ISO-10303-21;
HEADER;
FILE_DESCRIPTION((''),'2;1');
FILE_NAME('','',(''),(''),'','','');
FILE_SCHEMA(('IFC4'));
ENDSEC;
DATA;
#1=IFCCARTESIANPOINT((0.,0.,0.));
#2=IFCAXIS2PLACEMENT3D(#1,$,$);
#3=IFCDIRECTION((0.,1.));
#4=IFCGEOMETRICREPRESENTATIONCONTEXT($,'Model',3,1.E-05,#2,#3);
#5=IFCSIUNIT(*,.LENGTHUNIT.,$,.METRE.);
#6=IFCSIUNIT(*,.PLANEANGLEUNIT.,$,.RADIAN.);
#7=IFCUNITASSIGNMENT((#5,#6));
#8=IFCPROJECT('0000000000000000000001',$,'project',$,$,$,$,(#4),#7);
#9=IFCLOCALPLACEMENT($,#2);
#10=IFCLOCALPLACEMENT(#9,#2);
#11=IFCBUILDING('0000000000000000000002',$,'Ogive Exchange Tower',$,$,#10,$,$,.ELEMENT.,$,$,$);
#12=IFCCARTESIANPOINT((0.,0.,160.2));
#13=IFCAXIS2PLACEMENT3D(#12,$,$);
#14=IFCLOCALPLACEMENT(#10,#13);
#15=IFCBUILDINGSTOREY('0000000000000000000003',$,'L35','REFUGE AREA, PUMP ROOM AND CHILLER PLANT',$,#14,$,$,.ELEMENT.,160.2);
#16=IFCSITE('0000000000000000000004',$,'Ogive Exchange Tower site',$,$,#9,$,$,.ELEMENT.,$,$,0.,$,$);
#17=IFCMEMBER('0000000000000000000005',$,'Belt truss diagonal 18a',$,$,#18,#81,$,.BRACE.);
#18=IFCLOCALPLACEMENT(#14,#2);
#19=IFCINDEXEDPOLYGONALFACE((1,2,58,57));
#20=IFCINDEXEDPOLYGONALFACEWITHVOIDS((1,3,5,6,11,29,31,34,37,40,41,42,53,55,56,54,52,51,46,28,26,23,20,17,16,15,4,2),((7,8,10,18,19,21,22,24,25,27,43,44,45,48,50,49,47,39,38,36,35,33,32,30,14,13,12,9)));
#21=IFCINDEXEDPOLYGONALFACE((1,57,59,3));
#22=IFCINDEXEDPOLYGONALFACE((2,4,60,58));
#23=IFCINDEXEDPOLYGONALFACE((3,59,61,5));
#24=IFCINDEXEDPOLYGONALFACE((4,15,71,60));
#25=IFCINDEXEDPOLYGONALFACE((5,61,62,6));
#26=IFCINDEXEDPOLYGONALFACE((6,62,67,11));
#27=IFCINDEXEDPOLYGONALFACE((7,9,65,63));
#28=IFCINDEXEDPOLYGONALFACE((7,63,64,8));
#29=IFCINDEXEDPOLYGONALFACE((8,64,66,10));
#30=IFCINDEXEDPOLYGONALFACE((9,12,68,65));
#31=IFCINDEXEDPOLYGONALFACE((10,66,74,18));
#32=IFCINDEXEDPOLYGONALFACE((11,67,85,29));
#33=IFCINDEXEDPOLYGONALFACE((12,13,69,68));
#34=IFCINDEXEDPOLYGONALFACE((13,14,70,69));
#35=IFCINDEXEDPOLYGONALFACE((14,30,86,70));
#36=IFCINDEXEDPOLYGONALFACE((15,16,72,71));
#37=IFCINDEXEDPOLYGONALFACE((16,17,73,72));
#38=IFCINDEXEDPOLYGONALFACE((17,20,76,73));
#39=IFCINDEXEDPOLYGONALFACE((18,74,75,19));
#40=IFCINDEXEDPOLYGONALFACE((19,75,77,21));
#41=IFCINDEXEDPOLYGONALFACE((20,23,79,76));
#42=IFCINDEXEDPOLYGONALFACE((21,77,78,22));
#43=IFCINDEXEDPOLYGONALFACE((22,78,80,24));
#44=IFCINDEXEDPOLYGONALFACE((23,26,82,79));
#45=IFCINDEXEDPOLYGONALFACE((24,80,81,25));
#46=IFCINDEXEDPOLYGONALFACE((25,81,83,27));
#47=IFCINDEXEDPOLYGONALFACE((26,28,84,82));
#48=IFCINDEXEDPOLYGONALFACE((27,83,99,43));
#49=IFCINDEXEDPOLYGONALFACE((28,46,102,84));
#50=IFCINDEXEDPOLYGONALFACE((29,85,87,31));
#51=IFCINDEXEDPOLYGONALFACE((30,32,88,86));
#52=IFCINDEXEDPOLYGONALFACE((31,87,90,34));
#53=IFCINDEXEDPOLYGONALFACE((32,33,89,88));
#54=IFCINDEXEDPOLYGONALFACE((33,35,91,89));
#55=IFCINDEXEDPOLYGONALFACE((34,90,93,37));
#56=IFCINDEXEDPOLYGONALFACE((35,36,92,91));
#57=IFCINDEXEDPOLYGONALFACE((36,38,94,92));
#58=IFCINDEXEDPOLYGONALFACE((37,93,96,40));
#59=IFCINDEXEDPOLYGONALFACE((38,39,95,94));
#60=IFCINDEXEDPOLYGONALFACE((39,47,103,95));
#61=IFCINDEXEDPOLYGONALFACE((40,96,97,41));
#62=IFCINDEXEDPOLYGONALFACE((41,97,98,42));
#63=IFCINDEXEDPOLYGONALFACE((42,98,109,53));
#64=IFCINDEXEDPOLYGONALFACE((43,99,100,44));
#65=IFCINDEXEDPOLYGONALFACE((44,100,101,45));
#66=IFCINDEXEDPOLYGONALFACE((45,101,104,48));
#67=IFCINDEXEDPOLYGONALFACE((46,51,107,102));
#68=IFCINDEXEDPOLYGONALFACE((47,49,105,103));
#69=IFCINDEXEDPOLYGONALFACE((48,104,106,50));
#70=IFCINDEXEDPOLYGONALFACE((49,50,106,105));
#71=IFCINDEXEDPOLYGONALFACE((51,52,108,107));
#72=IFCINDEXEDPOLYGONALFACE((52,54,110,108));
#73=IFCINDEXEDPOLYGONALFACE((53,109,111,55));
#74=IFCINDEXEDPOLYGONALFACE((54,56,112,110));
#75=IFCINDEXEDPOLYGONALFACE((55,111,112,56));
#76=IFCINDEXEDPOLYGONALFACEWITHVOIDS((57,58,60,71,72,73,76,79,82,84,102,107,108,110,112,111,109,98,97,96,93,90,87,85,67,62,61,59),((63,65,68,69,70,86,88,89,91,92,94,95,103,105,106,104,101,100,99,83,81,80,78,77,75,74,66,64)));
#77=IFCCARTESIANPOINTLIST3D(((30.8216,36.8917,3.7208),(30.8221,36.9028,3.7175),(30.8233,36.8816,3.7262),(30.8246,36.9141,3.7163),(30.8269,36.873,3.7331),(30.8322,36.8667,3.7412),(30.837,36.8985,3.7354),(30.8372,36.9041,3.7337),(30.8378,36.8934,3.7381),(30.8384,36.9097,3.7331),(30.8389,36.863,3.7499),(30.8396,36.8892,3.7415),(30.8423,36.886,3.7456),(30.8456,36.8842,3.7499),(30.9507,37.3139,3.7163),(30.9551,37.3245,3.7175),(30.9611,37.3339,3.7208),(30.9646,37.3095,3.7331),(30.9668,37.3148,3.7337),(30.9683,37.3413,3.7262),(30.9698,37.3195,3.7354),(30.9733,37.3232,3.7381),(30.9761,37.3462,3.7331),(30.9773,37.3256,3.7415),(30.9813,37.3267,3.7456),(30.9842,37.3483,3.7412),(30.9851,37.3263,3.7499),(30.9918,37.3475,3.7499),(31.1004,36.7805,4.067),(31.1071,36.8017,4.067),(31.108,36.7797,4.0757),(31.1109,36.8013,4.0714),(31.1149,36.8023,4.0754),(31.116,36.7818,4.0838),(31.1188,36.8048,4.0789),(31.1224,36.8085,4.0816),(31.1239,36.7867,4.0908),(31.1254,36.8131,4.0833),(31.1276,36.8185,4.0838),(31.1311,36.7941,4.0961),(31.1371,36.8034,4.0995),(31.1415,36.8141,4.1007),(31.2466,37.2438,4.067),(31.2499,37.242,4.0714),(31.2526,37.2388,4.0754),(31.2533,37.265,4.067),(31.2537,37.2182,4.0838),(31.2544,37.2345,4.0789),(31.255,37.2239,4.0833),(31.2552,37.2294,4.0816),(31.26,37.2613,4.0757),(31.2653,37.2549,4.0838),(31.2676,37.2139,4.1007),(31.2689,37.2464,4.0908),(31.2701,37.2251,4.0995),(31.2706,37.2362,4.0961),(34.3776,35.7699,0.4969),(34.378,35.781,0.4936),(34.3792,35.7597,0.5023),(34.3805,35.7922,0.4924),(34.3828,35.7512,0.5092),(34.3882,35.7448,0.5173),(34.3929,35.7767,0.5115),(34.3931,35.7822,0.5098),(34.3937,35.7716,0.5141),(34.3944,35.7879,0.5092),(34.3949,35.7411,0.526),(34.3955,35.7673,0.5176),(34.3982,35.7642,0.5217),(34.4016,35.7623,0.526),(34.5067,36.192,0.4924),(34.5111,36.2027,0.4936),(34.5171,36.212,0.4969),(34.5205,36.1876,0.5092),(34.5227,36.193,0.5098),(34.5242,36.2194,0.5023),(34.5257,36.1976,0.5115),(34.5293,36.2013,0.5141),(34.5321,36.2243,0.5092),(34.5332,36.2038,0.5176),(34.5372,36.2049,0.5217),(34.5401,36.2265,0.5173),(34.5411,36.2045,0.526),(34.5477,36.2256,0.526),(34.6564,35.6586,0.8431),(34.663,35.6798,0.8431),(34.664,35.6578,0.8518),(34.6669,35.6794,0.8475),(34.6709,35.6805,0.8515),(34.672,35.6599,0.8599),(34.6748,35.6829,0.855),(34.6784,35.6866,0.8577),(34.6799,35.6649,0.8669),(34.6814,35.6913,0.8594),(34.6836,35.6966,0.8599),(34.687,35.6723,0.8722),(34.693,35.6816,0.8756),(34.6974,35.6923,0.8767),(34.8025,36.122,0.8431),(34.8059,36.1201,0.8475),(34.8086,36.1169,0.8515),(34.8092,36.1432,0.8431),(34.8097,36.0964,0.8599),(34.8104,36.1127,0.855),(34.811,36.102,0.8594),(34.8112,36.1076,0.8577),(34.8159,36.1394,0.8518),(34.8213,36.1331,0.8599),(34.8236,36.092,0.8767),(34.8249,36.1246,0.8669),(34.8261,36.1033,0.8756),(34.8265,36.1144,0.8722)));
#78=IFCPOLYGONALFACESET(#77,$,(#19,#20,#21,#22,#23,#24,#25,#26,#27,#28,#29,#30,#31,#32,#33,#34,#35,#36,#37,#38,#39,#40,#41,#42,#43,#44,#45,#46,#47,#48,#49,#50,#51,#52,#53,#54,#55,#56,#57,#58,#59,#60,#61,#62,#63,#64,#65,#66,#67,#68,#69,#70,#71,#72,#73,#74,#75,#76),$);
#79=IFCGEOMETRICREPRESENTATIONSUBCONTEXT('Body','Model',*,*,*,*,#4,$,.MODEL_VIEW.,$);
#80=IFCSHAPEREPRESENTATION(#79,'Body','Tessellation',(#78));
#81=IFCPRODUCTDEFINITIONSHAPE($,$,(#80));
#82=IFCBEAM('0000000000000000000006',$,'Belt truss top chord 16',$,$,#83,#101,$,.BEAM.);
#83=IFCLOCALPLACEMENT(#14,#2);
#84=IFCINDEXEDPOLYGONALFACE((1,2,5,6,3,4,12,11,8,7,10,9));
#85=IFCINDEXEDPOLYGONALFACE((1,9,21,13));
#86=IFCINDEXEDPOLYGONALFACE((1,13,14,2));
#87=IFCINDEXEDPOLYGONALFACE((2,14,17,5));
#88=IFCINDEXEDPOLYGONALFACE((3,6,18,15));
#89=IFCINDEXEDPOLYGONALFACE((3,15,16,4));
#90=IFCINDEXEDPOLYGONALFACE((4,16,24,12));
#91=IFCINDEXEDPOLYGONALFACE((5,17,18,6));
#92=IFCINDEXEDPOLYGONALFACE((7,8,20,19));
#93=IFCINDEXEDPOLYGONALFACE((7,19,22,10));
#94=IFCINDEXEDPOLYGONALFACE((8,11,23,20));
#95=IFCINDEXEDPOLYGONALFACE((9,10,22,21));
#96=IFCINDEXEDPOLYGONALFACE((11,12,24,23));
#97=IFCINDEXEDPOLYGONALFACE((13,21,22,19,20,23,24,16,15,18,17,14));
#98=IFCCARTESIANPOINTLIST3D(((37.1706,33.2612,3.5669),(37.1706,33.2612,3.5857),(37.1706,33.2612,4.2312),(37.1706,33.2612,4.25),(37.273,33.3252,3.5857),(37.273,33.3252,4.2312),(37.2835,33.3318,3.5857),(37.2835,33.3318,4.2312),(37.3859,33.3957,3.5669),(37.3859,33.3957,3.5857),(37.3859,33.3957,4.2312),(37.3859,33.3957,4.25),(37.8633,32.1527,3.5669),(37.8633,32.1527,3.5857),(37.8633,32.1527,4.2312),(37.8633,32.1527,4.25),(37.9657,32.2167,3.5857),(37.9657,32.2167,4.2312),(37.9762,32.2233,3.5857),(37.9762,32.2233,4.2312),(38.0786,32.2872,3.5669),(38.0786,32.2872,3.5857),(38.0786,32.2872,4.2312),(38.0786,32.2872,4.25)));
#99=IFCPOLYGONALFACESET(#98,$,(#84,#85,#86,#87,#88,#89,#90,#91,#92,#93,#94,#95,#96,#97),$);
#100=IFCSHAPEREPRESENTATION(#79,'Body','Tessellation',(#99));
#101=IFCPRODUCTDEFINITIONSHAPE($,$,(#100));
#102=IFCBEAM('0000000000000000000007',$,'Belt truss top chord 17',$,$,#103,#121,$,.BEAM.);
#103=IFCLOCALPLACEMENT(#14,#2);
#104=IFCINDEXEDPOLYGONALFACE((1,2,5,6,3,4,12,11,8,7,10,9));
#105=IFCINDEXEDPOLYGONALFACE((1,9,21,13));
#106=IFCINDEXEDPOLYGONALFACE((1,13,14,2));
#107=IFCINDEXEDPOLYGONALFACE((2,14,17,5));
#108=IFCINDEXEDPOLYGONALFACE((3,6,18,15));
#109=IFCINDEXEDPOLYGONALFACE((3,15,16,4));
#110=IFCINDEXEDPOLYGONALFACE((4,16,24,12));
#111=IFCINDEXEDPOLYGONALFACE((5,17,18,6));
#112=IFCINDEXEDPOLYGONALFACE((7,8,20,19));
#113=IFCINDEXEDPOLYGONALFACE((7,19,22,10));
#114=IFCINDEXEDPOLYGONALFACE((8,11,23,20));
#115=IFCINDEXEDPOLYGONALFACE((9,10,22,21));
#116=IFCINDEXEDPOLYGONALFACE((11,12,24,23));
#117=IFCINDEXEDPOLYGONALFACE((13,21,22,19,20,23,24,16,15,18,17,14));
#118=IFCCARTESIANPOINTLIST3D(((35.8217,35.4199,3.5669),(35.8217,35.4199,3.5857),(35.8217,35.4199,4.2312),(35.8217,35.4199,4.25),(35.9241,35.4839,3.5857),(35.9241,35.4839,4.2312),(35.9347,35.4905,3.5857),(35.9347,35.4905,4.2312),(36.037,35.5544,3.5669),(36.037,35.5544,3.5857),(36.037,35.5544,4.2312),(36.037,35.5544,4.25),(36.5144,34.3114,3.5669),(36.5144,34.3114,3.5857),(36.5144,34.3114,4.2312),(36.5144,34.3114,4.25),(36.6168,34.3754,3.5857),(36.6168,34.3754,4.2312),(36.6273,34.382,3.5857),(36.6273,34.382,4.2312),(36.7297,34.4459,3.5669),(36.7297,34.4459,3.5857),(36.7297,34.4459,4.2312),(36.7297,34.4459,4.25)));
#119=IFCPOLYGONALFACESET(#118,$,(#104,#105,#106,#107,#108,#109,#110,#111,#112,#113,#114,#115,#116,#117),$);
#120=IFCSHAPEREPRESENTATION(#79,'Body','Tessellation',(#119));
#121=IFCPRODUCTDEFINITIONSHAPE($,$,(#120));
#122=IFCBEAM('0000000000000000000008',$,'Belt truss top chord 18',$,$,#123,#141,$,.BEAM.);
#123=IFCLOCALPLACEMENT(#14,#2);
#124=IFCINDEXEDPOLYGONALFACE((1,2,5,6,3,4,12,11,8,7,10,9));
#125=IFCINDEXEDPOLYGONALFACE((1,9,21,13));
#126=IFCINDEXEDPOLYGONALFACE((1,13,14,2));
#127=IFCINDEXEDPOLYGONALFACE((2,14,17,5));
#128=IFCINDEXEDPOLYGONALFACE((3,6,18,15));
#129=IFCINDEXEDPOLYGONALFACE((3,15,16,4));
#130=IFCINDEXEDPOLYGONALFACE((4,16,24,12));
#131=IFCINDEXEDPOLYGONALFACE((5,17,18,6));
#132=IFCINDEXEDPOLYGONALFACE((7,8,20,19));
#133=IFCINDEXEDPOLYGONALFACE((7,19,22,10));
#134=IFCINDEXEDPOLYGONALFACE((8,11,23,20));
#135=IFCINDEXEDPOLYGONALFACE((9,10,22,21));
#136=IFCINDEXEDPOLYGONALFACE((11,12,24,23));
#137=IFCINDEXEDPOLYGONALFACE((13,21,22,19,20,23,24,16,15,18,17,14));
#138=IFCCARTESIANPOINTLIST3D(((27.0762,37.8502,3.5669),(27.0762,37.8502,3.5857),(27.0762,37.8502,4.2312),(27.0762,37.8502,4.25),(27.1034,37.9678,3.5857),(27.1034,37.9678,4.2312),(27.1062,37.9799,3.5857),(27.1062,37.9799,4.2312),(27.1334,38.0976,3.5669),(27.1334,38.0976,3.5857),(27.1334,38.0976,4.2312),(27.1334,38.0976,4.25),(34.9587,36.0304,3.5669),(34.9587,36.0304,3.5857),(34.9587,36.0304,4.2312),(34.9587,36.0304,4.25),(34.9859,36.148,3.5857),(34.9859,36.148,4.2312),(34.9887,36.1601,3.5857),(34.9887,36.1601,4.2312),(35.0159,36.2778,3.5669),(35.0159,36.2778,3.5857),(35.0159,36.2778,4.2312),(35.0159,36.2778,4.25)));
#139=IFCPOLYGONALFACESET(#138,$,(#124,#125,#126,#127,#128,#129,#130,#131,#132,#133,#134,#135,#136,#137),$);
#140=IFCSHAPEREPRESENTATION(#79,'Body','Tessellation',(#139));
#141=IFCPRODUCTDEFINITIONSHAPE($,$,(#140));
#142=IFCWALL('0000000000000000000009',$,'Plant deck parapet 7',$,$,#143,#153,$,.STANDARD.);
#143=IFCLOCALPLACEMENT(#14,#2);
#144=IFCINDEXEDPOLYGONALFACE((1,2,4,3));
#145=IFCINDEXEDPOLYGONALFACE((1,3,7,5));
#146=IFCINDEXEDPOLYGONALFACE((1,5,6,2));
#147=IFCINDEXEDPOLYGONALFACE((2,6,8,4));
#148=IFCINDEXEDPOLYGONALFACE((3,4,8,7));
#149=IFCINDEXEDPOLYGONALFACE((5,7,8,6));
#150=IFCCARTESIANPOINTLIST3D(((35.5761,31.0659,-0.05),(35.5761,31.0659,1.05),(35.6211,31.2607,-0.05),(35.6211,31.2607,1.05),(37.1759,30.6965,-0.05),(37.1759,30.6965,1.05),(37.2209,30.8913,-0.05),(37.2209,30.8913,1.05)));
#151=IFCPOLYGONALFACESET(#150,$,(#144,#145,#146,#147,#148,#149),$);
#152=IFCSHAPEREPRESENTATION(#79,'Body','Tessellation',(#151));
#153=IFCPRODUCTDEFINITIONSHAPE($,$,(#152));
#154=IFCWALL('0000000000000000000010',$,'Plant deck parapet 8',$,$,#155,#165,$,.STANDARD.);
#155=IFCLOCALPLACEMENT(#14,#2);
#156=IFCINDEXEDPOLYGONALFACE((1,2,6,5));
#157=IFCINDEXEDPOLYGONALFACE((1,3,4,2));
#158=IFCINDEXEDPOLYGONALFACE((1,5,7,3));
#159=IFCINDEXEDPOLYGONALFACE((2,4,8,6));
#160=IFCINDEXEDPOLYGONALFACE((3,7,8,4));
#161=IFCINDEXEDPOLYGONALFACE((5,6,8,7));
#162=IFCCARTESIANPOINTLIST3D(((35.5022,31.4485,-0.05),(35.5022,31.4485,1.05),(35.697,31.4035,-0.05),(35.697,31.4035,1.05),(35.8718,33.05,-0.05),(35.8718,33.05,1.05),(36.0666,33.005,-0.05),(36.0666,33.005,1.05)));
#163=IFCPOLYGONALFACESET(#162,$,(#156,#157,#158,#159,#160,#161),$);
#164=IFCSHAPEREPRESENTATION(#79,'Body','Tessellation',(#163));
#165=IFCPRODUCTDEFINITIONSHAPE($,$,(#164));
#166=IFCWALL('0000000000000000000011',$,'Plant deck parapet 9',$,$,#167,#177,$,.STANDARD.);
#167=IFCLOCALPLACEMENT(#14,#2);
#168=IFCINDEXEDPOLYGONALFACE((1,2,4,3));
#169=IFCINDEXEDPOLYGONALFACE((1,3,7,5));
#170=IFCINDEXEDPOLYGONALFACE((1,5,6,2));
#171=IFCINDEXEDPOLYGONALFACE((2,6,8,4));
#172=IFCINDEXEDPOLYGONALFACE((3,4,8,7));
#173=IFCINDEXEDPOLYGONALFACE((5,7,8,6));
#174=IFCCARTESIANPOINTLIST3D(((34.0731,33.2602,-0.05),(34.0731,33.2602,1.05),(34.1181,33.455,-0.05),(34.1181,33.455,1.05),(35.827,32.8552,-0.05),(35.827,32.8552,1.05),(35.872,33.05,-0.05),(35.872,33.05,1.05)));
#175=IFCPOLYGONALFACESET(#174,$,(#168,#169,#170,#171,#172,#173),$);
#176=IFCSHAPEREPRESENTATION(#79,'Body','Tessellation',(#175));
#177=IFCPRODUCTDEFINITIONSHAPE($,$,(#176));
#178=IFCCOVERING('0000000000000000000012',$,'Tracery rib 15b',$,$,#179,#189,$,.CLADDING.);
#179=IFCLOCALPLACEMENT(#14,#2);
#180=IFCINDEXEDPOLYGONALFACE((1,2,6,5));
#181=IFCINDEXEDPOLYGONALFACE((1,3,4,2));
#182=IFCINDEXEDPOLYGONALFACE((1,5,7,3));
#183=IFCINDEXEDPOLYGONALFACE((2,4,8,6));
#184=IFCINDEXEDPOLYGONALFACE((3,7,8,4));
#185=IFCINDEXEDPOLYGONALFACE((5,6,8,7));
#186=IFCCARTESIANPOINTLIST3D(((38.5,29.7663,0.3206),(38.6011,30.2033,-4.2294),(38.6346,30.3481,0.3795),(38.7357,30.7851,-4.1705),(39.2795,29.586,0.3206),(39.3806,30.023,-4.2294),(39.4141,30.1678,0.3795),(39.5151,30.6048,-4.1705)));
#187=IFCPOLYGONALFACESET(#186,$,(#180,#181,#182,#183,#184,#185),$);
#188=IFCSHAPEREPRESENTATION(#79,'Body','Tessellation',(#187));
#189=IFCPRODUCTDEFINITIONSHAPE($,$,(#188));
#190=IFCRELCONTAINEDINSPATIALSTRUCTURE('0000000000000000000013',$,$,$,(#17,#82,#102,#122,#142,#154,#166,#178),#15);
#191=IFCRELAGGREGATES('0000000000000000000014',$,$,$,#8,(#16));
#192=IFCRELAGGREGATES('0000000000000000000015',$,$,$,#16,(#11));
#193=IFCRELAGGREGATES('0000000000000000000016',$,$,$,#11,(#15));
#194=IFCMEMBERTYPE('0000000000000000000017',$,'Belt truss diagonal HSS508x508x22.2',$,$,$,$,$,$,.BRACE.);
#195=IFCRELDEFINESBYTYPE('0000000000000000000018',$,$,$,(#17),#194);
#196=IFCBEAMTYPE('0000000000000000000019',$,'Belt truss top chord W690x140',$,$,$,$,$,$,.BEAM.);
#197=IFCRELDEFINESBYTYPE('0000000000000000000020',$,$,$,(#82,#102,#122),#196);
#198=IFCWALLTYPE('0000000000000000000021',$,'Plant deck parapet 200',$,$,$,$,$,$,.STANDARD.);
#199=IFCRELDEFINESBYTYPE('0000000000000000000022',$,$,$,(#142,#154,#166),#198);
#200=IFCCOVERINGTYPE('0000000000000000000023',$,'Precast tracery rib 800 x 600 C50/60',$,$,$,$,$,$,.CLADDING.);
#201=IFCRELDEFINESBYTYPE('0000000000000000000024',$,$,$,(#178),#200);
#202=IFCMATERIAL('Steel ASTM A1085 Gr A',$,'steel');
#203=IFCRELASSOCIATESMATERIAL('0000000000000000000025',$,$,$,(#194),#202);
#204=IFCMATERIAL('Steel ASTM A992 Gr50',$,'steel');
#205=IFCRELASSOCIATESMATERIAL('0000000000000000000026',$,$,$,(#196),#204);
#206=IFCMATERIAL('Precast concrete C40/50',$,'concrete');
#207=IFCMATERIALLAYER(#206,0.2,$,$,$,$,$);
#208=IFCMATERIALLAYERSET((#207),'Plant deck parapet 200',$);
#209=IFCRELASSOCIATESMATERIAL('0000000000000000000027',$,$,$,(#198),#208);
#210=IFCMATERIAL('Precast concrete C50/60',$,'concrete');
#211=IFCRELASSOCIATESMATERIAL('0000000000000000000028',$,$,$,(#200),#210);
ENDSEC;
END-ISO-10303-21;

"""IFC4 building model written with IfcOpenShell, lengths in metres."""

from ifc_helpers import new_model, si_unit, direction, frame, frame_2d, origin, origin_2d, place, context, subcontext, project, spatial, rectangle, hollow_rectangle, i_section, extrude, material, layer, layer_set, material_profile, profile_set, type_object, element, save


model = new_model("IFC4")

# Units and contexts
model_context = context("Model", 3, precision=1e-05, world=origin(), true_north=direction((0.0, 1.0)))
body_context = subcontext(model_context, "Body", "Model", "MODEL_VIEW")
ifc_project = project(units=[si_unit("LENGTHUNIT", "METRE"), si_unit("PLANEANGLEUNIT", "RADIAN")], contexts=[model_context])

# Site, building, storey
site_placement = place(None, origin())
site = spatial("IfcSite", under=ifc_project, at=site_placement, Name="Ogive Exchange Tower site", CompositionType="ELEMENT", RefElevation=0.0)
building_placement = place(site_placement, origin())
building = spatial("IfcBuilding", under=site, at=building_placement, Name="Ogive Exchange Tower", CompositionType="ELEMENT")
storey_placement = place(building_placement, frame((0.0, 0.0, 160.2)))
storey = spatial("IfcBuildingStorey", under=building, at=storey_placement, Name="L35", Description="REFUGE AREA, PUMP ROOM AND CHILLER PLANT", CompositionType="ELEMENT", Elevation=160.2)

# Shared definitions
ifc_material_1 = material(Name="Steel ASTM A992 Gr50", Category="steel")

# Member
ifc_material_2 = material(Name="Steel ASTM A1085 Gr A", Category="steel")
ifc_material_profile_1 = material_profile(ifc_material_2, hollow_rectangle(XDim=0.5081, YDim=0.5081, WallThickness=0.0222, InnerFilletRadius=0.0222, OuterFilletRadius=0.0444, at=origin_2d()), Name="HSS508x508x22.2")
ifc_profile_set_1 = profile_set([ifc_material_profile_1], Name="Steel ASTM A1085 Gr A")
member_type = type_object("IfcMemberType", Name="Belt truss diagonal HSS508x508x22.2", PredefinedType="BRACE", material=ifc_profile_set_1)
member_1_placement = place(storey_placement, frame((34.6021, 35.9421, 0.6846), z_axis=(-0.721406, 0.227591, 0.654045), x_axis=(-0.300865, -0.953667, 0.0)))
element("IfcMember", 1, at=member_1_placement, inside=storey, type_object=member_type, Name="Belt truss diagonal 18a", PredefinedType="BRACE", context=body_context, shape_type="SweptSolid", body=[
    extrude(hollow_rectangle(XDim=0.5081, YDim=0.5081, WallThickness=0.0222, InnerFilletRadius=0.0222, OuterFilletRadius=0.0444, at=origin_2d()), origin(), (0.0, 0.0, 1.0), 4.9292),
])

# Beams
ifc_material_profile_2 = material_profile(ifc_material_1, i_section(OverallWidth=0.2539, OverallDepth=0.6831, WebThickness=0.0125, FlangeThickness=0.0188, at=origin_2d()), Name="W690x140")
ifc_profile_set_2 = profile_set([ifc_material_profile_2], Name="Steel ASTM A992 Gr50")
beam_type_1 = type_object("IfcBeamType", Name="Belt truss top chord W690x140", PredefinedType="BEAM", material=ifc_profile_set_2)
for number, where, z_axis, x_axis, name in (
    (2, (37.9709, 32.22, 3.9084), (-0.529932, 0.84804, 0.0), (-0.84804, -0.529932, 0.0), "Belt truss top chord 16"),
    (3, (36.6221, 34.3787, 3.9084), (-0.529932, 0.84804, 0.0), (-0.84804, -0.529932, 0.0), "Belt truss top chord 17"),
):
    element("IfcBeam", number, at=place(storey_placement, frame(where, z_axis=z_axis, x_axis=x_axis)), inside=storey, type_object=beam_type_1, Name=name, PredefinedType="BEAM", context=body_context, shape_type="SweptSolid", body=[
        extrude(i_section(OverallWidth=0.2539, OverallDepth=0.6831, WebThickness=0.0125, FlangeThickness=0.0188, at=origin_2d()), origin(), (0.0, 0.0, 1.0), 1.3071),
    ])
beam_1_placement = place(storey_placement, frame((34.9873, 36.1541, 3.9084), z_axis=(-0.97437, 0.22495, 0.0), x_axis=(-0.22495, -0.97437, 0.0)))
element("IfcBeam", 4, at=beam_1_placement, inside=storey, type_object=beam_type_1, Name="Belt truss top chord 18", PredefinedType="BEAM", context=body_context, shape_type="SweptSolid", body=[
    extrude(i_section(OverallWidth=0.2539, OverallDepth=0.6831, WebThickness=0.0125, FlangeThickness=0.0188, at=origin_2d()), origin(), (0.0, 0.0, 1.0), 8.0898),
])

# Walls
ifc_material_3 = material(Name="Precast concrete C40/50", Category="concrete")
ifc_layer = layer(ifc_material_3, 0.2)
ifc_layer_set = layer_set([ifc_layer], Name="Plant deck parapet 200")
wall_type = type_object("IfcWallType", Name="Plant deck parapet 200", PredefinedType="STANDARD", material=ifc_layer_set)
wall_1_placement = place(storey_placement, frame((37.1982, 30.7939, -0.05), z_axis=(0.0, 0.0, 1.0), x_axis=(-0.974366, 0.224968, 0.0)))
element("IfcWall", 5, at=wall_1_placement, inside=storey, type_object=wall_type, Name="Plant deck parapet 7", PredefinedType="STANDARD", context=body_context, shape_type="SweptSolid", body=[
    extrude(rectangle(XDim=1.6418, YDim=0.2, at=frame_2d((0.8208, 0.0))), origin(), (0.0, 0.0, 1.0), 1.1001),
])
wall_2_placement = place(storey_placement, frame((35.5996, 31.426, -0.05), z_axis=(0.0, 0.0, 1.0), x_axis=(0.224881, 0.974386, 0.0)))
element("IfcWall", 6, at=wall_2_placement, inside=storey, type_object=wall_type, Name="Plant deck parapet 8", PredefinedType="STANDARD", context=body_context, shape_type="SweptSolid", body=[
    extrude(rectangle(XDim=1.6436, YDim=0.2, at=frame_2d((0.8218, 0.0))), origin(), (0.0, 0.0, 1.0), 1.1001),
])
wall_3_placement = place(storey_placement, frame((35.8494, 32.9526, -0.05), z_axis=(0.0, 0.0, 1.0), x_axis=(-0.974357, 0.225008, 0.0)))
element("IfcWall", 7, at=wall_3_placement, inside=storey, type_object=wall_type, Name="Plant deck parapet 9", PredefinedType="STANDARD", context=body_context, shape_type="SweptSolid", body=[
    extrude(rectangle(XDim=1.8, YDim=0.2, at=frame_2d((0.8999, 0.0))), origin(), (0.0, 0.0, 1.0), 1.1001),
])

# Covering
ifc_material_4 = material(Name="Precast concrete C50/60", Category="concrete")
ifc_material_profile_3 = material_profile(ifc_material_4, rectangle(XDim=0.8, YDim=0.6001, at=origin_2d()), Name="RIB 800 x 600")
ifc_profile_set_3 = profile_set([ifc_material_profile_3], Name="Precast concrete C50/60")
covering_type = type_object("IfcCoveringType", Name="Precast tracery rib 800 x 600 C50/60", PredefinedType="CLADDING", material=ifc_profile_set_3)
covering_1_placement = place(storey_placement, frame((39.0581, 30.4041, -4.2), z_axis=(-0.022107, -0.095582, 0.995176), x_axis=(0.974281, -0.225336, 0.0)))
element("IfcCovering", 8, at=covering_1_placement, inside=storey, type_object=covering_type, Name="Tracery rib 15b", PredefinedType="CLADDING", context=body_context, shape_type="SweptSolid", body=[
    extrude(rectangle(XDim=0.8, YDim=0.6001, at=origin_2d()), origin(), (0.0, 0.0, 1.0), 4.572),
])

save(model, "model.ifc")
